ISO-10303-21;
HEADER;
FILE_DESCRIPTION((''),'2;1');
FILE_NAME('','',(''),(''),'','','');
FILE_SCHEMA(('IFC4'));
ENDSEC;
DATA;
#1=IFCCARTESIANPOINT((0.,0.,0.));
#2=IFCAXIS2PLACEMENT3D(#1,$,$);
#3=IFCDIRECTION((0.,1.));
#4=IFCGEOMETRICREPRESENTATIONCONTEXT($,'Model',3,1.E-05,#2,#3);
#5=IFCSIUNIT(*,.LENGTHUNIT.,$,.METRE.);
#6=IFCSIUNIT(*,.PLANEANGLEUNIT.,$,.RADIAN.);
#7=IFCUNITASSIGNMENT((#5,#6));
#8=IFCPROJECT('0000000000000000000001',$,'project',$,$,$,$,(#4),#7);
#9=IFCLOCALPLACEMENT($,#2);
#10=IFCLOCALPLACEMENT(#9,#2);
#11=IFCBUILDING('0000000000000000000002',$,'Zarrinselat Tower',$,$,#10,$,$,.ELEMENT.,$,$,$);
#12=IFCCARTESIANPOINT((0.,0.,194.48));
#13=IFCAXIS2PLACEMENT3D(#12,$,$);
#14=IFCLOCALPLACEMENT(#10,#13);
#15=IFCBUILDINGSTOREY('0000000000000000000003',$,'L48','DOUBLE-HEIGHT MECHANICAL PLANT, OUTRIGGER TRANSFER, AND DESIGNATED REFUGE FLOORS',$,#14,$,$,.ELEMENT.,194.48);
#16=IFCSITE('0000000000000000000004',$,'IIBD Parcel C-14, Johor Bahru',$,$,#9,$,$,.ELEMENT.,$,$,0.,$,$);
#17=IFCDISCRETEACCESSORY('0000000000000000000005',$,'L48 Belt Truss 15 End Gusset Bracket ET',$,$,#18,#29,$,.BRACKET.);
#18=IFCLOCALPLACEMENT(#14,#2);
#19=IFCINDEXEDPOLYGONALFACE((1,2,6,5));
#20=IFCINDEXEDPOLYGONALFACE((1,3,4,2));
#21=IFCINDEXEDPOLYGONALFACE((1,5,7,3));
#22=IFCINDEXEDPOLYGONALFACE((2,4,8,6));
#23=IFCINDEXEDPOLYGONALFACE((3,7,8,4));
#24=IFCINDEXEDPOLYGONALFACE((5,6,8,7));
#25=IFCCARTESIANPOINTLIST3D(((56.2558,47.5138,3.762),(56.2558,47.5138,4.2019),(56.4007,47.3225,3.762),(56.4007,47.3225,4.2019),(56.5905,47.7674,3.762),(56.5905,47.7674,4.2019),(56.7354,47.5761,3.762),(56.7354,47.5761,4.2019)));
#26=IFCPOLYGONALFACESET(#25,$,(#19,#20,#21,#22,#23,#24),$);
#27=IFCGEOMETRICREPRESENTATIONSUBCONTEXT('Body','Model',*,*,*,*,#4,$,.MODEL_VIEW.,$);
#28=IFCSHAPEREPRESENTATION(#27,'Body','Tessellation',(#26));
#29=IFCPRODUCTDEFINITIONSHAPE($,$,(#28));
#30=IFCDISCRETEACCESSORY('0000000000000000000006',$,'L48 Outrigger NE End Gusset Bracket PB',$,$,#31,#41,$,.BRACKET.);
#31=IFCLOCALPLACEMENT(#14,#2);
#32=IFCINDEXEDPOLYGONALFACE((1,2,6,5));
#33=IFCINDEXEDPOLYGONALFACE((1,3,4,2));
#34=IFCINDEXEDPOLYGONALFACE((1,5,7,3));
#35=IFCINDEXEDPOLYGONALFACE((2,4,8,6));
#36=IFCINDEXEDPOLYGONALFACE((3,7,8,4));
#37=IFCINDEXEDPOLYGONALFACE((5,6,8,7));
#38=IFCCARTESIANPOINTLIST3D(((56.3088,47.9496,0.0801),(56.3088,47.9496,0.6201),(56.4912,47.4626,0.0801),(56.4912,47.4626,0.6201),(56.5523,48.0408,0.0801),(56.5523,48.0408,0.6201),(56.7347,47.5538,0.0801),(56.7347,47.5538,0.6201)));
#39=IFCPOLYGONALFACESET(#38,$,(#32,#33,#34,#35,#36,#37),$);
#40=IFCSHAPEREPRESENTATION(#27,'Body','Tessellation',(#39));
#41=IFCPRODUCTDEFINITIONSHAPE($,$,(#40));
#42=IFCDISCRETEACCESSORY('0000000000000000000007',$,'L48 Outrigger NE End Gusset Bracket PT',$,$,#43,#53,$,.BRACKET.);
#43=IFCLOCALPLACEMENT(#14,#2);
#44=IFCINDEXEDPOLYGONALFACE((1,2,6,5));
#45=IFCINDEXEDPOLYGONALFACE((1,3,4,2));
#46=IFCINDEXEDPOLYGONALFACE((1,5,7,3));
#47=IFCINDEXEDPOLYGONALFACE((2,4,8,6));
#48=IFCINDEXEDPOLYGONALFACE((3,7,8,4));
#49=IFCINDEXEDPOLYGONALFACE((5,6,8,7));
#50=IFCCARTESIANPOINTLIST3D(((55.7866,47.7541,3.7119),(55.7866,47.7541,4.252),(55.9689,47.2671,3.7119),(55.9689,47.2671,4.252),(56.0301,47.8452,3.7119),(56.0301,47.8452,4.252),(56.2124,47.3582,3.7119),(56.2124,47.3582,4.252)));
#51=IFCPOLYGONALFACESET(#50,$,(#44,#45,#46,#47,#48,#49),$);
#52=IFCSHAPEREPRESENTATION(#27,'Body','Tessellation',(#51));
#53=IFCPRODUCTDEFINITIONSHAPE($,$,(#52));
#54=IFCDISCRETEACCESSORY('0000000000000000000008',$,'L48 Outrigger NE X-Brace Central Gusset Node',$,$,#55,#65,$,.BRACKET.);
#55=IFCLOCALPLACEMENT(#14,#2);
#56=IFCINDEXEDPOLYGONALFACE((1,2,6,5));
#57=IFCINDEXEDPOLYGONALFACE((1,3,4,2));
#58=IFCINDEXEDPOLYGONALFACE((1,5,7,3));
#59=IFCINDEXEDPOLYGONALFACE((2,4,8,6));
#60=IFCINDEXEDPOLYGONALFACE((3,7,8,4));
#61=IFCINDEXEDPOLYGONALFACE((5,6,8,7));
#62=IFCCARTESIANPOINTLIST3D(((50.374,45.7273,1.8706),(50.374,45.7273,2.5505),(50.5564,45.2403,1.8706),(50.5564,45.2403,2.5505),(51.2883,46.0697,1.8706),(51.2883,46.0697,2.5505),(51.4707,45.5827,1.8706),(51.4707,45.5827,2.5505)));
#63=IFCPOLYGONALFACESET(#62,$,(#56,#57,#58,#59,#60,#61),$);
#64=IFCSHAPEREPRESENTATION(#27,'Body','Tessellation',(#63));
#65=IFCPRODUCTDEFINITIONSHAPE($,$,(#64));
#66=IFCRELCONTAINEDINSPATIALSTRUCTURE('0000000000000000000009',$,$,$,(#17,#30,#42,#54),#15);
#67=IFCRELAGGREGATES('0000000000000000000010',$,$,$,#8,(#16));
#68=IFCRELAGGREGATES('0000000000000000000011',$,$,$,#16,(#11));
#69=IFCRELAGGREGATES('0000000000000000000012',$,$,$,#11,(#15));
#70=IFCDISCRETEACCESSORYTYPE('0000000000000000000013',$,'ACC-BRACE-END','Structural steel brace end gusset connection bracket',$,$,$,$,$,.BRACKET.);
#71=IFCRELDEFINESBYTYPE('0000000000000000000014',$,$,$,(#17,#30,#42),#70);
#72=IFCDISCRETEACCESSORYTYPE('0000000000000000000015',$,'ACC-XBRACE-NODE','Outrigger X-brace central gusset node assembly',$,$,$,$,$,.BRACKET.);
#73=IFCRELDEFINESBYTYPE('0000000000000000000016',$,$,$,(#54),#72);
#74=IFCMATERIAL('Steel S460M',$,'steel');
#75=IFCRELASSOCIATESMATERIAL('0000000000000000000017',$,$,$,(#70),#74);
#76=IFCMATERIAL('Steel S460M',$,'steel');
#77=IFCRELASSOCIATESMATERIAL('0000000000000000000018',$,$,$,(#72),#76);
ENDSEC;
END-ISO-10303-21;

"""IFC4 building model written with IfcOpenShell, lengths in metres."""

from ifc_helpers import new_model, si_unit, direction, frame, origin, origin_2d, place, context, subcontext, project, spatial, rectangle, extrude, material, type_object, element, save


model = new_model("IFC4")

# Units and contexts
model_context = context("Model", 3, precision=1e-05, world=origin(), true_north=direction((0.0, 1.0)))
body_context = subcontext(model_context, "Body", "Model", "MODEL_VIEW")
ifc_project = project(units=[si_unit("LENGTHUNIT", "METRE"), si_unit("PLANEANGLEUNIT", "RADIAN")], contexts=[model_context])

# Site, building, storey
site_placement = place(None, origin())
site = spatial("IfcSite", under=ifc_project, at=site_placement, Name="IIBD Parcel C-14, Johor Bahru", CompositionType="ELEMENT", RefElevation=0.0)
building_placement = place(site_placement, origin())
building = spatial("IfcBuilding", under=site, at=building_placement, Name="Zarrinselat Tower", CompositionType="ELEMENT")
storey_placement = place(building_placement, frame((0.0, 0.0, 194.48)))
storey = spatial("IfcBuildingStorey", under=building, at=storey_placement, Name="L48", Description="DOUBLE-HEIGHT MECHANICAL PLANT, OUTRIGGER TRANSFER, AND DESIGNATED REFUGE FLOORS", CompositionType="ELEMENT", Elevation=194.48)

# Discrete accessories
ifc_material_1 = material(Name="Steel S460M", Category="steel")
discrete_accessory_type_1 = type_object("IfcDiscreteAccessoryType", Name="ACC-BRACE-END", Description="Structural steel brace end gusset connection bracket", PredefinedType="BRACKET", material=ifc_material_1)
for number, where, z_axis, x_axis, name in (
    (1, (56.4956, 47.5449, 3.762), (0.0, 0.0, 1.0), (-0.603845, 0.797102, 0.0), "L48 Belt Truss 15 End Gusset Bracket ET"),
):
    element("IfcDiscreteAccessory", number, at=place(storey_placement, frame(where, z_axis=z_axis, x_axis=x_axis)), inside=storey, type_object=discrete_accessory_type_1, Name=name, PredefinedType="BRACKET", context=body_context, shape_type="SweptSolid", body=[
        extrude(rectangle(XDim=0.24, YDim=0.4199, at=origin_2d()), origin(), (0.0, 0.0, 1.0), 0.4399),
    ])
for number, where, z_axis, x_axis, name in (
    (2, (56.5217, 47.7517, 0.0801), (0.0, 0.0, 1.0), (0.936494, 0.350684, 0.0), "L48 Outrigger NE End Gusset Bracket PB"),
    (3, (55.9995, 47.5562, 3.7119), (0.0, 0.0, 1.0), (0.936494, 0.350684, 0.0), "L48 Outrigger NE End Gusset Bracket PT"),
):
    element("IfcDiscreteAccessory", number, at=place(storey_placement, frame(where, z_axis=z_axis, x_axis=x_axis)), inside=storey, type_object=discrete_accessory_type_1, Name=name, PredefinedType="BRACKET", context=body_context, shape_type="SweptSolid", body=[
        extrude(rectangle(XDim=0.26, YDim=0.52, at=origin_2d()), origin(), (0.0, 0.0, 1.0), 0.54),
    ])
ifc_material_2 = material(Name="Steel S460M", Category="steel")
discrete_accessory_type_2 = type_object("IfcDiscreteAccessoryType", Name="ACC-XBRACE-NODE", Description="Outrigger X-brace central gusset node assembly", PredefinedType="BRACKET", material=ifc_material_2)
discrete_accessory_1_placement = place(storey_placement, frame((50.9224, 45.655, 1.8706), z_axis=(0.0, 0.0, 1.0), x_axis=(0.936494, 0.350684, 0.0)))
element("IfcDiscreteAccessory", 4, at=discrete_accessory_1_placement, inside=storey, type_object=discrete_accessory_type_2, Name="L48 Outrigger NE X-Brace Central Gusset Node", PredefinedType="BRACKET", context=body_context, shape_type="SweptSolid", body=[
    extrude(rectangle(XDim=0.9763, YDim=0.52, at=origin_2d()), origin(), (0.0, 0.0, 1.0), 0.6799),
])

save(model, "model.ifc")
